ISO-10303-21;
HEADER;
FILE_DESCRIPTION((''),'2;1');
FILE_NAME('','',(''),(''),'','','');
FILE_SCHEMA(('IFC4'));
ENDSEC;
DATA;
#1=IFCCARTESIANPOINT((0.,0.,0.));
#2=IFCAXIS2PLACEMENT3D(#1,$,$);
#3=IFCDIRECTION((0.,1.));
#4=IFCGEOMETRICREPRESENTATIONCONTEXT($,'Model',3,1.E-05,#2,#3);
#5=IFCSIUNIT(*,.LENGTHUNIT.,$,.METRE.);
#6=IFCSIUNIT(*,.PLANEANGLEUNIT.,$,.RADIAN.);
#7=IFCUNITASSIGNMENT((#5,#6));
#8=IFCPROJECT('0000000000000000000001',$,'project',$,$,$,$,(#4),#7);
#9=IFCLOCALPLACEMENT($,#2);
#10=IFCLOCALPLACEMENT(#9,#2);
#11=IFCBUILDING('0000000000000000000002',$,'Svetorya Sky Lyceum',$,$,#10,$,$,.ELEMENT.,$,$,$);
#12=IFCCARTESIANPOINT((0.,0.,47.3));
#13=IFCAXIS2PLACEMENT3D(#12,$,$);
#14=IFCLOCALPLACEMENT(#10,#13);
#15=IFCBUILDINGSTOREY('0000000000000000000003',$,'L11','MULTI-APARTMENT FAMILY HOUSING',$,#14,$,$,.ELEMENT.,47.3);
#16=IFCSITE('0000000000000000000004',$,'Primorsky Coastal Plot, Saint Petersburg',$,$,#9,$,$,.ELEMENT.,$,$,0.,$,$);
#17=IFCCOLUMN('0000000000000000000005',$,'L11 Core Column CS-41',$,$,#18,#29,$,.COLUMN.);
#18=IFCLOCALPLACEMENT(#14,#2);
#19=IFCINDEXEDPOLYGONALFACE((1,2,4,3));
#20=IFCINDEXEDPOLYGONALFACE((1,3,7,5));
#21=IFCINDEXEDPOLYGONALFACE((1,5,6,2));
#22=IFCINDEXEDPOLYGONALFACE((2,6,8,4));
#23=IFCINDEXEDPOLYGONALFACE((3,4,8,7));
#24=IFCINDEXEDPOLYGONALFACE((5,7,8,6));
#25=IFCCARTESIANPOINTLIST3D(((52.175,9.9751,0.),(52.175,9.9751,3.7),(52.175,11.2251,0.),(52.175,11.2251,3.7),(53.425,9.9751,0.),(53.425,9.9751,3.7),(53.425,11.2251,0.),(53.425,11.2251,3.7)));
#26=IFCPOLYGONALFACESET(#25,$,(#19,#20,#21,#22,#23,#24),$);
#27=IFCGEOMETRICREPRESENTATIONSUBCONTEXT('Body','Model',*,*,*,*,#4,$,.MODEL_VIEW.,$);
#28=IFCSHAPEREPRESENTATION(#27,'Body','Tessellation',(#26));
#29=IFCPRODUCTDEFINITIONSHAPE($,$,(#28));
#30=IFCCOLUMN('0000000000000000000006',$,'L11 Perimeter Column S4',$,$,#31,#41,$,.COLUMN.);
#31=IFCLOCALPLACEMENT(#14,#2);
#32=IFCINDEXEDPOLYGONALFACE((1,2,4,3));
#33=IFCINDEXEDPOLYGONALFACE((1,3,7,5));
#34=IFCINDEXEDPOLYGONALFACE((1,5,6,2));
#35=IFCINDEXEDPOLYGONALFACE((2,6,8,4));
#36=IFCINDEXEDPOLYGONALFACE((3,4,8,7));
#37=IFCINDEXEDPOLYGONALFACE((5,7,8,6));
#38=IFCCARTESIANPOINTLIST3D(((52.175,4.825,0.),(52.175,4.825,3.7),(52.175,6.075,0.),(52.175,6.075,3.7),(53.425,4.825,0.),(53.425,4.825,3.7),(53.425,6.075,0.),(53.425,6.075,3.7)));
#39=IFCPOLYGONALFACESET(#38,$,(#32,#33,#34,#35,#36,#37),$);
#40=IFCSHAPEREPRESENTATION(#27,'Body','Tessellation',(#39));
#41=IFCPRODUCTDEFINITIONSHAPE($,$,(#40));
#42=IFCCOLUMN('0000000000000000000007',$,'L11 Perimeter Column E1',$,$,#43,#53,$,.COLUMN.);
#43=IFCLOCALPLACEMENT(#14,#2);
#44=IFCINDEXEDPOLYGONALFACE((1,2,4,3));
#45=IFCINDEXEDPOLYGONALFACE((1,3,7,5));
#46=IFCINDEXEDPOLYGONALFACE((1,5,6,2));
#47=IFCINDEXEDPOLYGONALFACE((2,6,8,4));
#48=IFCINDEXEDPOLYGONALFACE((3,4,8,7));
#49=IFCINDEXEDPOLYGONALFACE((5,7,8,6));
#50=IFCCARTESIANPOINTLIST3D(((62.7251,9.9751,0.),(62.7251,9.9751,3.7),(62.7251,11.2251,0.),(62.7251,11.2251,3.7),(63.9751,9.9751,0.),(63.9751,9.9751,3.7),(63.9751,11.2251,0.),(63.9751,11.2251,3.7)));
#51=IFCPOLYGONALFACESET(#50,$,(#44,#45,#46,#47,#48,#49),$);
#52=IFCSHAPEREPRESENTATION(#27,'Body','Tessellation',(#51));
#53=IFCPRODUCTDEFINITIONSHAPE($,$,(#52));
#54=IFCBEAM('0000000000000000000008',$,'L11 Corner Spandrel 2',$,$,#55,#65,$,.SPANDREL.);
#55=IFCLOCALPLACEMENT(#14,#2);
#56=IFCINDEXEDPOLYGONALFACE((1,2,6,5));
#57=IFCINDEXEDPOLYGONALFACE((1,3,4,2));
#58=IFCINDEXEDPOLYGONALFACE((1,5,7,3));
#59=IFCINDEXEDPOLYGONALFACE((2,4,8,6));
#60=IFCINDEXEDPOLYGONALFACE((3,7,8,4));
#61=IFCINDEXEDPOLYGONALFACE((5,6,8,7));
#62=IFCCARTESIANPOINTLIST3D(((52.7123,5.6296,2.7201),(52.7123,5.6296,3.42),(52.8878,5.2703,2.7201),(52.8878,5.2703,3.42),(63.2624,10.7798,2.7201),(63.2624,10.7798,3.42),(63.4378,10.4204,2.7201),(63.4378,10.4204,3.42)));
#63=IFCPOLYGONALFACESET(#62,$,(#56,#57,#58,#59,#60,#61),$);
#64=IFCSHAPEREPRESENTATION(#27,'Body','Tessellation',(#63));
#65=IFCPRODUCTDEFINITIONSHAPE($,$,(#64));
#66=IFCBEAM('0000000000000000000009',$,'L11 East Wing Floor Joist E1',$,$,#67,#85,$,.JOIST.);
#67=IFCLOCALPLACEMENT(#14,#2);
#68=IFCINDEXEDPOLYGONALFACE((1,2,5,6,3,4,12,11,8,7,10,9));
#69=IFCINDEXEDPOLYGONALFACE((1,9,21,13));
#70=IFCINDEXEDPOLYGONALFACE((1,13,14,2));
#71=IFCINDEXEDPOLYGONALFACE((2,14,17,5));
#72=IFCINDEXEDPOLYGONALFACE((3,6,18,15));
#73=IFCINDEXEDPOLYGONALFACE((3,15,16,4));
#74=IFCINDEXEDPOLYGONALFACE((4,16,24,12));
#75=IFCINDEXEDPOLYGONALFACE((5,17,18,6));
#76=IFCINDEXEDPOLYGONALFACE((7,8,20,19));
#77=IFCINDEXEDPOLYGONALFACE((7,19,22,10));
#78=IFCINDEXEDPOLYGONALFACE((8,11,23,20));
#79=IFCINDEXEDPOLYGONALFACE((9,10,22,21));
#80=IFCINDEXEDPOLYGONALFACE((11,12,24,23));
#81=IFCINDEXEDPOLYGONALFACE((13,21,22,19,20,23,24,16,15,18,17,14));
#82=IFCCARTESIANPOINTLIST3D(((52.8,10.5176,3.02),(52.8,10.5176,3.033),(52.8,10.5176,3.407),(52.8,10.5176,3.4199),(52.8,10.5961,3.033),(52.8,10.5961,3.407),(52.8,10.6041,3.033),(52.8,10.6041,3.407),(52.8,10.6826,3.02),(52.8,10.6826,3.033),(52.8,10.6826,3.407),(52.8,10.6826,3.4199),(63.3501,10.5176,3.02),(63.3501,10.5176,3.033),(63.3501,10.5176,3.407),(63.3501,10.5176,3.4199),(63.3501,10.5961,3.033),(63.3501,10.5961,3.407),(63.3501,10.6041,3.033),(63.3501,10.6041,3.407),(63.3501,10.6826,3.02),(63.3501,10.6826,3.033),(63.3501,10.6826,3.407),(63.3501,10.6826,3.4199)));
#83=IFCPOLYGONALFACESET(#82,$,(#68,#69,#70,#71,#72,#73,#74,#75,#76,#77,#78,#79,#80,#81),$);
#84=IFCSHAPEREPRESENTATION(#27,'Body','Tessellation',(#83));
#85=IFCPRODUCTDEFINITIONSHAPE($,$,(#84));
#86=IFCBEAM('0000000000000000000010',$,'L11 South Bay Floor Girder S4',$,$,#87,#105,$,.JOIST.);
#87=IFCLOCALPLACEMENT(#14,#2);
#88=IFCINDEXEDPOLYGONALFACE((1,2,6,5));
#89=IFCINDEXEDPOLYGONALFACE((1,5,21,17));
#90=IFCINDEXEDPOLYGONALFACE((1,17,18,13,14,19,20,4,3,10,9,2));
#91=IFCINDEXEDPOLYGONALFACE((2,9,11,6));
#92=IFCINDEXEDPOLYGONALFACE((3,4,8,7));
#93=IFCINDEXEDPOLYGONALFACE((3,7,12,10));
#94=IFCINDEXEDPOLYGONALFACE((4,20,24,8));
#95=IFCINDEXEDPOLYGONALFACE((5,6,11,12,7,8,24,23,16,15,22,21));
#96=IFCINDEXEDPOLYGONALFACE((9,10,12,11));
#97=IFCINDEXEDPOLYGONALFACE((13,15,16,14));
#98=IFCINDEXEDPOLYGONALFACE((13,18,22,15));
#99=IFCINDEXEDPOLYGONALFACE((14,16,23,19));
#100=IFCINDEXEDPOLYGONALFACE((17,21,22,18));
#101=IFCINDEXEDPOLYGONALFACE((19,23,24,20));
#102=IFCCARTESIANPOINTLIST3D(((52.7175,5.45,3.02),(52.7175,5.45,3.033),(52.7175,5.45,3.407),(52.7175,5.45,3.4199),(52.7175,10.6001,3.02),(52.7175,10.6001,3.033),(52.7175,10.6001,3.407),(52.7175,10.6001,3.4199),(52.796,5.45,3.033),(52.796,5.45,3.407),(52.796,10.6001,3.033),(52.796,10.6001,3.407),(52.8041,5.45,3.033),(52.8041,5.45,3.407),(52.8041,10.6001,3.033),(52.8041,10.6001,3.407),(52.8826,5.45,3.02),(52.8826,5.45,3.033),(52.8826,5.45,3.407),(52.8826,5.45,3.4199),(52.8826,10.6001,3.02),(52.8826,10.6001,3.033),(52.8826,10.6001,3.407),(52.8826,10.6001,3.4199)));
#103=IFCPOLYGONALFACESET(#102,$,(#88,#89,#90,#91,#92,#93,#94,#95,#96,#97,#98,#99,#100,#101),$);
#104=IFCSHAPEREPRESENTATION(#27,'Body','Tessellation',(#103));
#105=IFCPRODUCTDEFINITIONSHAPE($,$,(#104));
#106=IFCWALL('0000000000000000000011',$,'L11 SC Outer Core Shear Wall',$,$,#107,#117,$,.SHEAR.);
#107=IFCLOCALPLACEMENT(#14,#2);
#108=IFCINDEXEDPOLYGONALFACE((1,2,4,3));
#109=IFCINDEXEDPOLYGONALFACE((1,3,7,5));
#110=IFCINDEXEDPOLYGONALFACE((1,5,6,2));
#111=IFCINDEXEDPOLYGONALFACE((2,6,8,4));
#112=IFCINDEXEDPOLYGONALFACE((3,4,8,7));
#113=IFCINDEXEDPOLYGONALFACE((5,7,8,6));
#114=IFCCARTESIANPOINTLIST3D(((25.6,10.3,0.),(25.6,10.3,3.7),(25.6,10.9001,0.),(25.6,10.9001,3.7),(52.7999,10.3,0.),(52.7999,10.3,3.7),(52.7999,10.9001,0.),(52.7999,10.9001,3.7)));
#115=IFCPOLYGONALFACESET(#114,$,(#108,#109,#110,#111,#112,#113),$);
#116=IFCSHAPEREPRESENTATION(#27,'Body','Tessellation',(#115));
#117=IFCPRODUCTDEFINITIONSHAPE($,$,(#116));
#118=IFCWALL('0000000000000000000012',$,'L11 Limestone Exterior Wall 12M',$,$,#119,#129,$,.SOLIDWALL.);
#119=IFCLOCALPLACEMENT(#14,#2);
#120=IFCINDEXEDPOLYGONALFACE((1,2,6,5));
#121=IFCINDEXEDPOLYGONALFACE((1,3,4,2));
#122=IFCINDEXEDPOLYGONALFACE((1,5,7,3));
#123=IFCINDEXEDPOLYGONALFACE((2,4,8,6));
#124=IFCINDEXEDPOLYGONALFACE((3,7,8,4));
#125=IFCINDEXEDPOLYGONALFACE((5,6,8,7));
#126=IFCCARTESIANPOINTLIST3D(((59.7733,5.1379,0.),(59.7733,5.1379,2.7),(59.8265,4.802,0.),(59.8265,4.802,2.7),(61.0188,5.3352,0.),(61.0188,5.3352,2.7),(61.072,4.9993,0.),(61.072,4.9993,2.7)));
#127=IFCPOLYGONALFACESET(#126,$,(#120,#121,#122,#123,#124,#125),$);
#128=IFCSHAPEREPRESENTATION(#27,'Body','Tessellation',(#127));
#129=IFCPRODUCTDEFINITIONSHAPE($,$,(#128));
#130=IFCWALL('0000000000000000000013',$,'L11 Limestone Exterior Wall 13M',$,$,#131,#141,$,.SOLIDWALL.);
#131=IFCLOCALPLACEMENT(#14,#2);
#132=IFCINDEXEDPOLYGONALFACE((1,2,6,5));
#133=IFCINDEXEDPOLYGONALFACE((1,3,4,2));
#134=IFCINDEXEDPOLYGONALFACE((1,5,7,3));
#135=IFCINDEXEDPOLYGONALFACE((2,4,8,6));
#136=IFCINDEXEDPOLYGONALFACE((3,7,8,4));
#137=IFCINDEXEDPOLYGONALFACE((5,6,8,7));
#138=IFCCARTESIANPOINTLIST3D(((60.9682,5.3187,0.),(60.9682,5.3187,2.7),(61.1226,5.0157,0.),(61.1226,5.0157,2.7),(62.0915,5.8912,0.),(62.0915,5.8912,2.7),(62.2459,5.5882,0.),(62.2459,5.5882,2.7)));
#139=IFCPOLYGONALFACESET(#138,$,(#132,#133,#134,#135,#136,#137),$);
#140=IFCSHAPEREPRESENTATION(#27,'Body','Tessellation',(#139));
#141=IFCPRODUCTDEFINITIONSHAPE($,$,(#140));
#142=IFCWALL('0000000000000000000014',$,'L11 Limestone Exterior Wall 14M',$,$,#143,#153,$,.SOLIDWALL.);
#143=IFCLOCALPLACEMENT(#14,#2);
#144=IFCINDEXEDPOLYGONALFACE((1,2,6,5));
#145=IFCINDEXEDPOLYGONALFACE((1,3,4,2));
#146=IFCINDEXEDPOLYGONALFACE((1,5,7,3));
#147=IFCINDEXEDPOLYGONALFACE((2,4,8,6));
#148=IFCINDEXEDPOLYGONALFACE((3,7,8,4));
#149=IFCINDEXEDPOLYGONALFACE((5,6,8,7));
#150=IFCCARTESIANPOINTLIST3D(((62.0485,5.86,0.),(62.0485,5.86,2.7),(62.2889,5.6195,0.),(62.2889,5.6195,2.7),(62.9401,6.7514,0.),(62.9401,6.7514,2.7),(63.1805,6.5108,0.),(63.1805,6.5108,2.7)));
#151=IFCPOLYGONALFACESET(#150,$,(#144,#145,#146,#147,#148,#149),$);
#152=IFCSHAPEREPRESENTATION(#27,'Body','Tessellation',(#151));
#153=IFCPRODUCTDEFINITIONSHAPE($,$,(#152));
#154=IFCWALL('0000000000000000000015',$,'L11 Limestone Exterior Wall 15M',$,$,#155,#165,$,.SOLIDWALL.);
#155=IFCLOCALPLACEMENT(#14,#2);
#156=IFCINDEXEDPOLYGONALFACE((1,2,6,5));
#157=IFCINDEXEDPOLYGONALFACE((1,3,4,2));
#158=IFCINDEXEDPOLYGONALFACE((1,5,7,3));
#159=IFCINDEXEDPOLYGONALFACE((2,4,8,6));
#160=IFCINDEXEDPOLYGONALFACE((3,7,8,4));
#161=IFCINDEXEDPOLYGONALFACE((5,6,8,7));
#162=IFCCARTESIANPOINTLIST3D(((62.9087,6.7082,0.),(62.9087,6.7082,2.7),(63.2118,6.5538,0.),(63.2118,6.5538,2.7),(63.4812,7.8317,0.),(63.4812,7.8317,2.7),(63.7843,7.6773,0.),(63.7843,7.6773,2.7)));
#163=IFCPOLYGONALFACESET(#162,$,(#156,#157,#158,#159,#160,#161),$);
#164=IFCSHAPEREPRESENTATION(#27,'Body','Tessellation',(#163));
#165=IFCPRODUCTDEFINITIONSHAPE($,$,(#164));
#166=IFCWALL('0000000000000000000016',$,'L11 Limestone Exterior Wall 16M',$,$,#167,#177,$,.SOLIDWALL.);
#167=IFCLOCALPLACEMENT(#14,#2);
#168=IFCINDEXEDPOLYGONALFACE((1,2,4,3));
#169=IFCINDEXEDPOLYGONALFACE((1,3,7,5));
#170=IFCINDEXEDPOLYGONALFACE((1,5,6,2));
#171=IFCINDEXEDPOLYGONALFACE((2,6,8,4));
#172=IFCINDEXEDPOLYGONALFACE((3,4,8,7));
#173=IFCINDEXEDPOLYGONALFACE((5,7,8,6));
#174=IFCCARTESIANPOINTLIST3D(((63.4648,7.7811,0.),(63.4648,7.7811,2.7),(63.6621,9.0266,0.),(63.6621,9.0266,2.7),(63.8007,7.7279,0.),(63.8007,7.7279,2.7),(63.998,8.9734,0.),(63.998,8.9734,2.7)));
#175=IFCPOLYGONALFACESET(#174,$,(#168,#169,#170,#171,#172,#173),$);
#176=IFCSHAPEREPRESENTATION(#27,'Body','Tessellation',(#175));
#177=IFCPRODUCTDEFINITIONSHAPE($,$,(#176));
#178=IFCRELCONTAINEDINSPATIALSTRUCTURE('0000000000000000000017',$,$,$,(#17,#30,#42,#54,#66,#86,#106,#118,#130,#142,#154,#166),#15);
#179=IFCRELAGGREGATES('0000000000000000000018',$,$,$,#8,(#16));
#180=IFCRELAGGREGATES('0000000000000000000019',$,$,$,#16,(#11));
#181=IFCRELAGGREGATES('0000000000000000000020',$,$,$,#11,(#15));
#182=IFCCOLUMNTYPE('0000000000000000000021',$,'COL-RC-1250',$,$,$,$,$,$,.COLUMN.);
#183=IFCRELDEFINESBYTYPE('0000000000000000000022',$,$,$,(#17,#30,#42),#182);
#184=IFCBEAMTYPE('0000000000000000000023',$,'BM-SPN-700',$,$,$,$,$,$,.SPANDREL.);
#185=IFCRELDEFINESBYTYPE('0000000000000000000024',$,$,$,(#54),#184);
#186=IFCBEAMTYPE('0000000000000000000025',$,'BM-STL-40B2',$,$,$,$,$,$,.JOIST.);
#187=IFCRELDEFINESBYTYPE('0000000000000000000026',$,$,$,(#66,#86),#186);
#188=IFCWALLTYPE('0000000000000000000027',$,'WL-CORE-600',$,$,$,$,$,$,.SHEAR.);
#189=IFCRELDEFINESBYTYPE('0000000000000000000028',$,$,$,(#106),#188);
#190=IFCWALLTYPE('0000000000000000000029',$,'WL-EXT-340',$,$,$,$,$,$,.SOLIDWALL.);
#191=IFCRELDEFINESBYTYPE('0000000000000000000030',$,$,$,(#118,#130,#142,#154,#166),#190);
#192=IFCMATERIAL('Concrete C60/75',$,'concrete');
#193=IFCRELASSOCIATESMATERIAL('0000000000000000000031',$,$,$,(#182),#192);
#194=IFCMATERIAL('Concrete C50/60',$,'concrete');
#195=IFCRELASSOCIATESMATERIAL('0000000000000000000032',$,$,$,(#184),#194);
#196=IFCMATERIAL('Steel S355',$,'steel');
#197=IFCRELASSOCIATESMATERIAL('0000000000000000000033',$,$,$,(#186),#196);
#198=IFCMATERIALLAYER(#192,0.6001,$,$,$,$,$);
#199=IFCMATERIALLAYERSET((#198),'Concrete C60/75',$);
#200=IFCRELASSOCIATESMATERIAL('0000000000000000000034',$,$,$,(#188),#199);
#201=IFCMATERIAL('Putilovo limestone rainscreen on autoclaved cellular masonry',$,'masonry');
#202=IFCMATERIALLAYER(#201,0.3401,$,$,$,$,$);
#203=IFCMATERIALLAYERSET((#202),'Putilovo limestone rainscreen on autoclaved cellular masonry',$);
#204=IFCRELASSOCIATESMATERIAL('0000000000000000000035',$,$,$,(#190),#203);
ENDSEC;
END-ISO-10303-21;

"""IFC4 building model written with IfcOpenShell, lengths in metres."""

from ifc_helpers import new_model, si_unit, direction, frame, frame_2d, origin, origin_2d, place, context, subcontext, project, spatial, rectangle, i_section, extrude, material, layer, layer_set, material_profile, profile_set, type_object, element, save


model = new_model("IFC4")

# Units and contexts
model_context = context("Model", 3, precision=1e-05, world=origin(), true_north=direction((0.0, 1.0)))
body_context = subcontext(model_context, "Body", "Model", "MODEL_VIEW")
ifc_project = project(units=[si_unit("LENGTHUNIT", "METRE"), si_unit("PLANEANGLEUNIT", "RADIAN")], contexts=[model_context])

# Site, building, storey
site_placement = place(None, origin())
site = spatial("IfcSite", under=ifc_project, at=site_placement, Name="Primorsky Coastal Plot, Saint Petersburg", CompositionType="ELEMENT", RefElevation=0.0)
building_placement = place(site_placement, origin())
building = spatial("IfcBuilding", under=site, at=building_placement, Name="Svetorya Sky Lyceum", CompositionType="ELEMENT")
storey_placement = place(building_placement, frame((0.0, 0.0, 47.3)))
storey = spatial("IfcBuildingStorey", under=building, at=storey_placement, Name="L11", Description="MULTI-APARTMENT FAMILY HOUSING", CompositionType="ELEMENT", Elevation=47.3)

# Columns
ifc_material_1 = material(Name="Concrete C60/75", Category="concrete")
ifc_material_profile_1 = material_profile(ifc_material_1, rectangle(XDim=1.25, YDim=1.25, at=origin_2d()), Name="RC COL 1250x1250")
ifc_profile_set_1 = profile_set([ifc_material_profile_1], Name="Concrete C60/75")
column_type = type_object("IfcColumnType", Name="COL-RC-1250", PredefinedType="COLUMN", material=ifc_profile_set_1)
for number, where, z_axis, x_axis, name in (
    (1, (52.8, 10.6001, 0.0), (0.0, 0.0, 1.0), (1.0, 0.0, 0.0), "L11 Core Column CS-41"),
    (2, (52.8, 5.45, 0.0), (0.0, 0.0, 1.0), (1.0, 0.0, 0.0), "L11 Perimeter Column S4"),
    (3, (63.3501, 10.6001, 0.0), (0.0, 0.0, 1.0), (1.0, 0.0, 0.0), "L11 Perimeter Column E1"),
):
    element("IfcColumn", number, at=place(storey_placement, frame(where, z_axis=z_axis, x_axis=x_axis)), inside=storey, type_object=column_type, Name=name, PredefinedType="COLUMN", context=body_context, shape_type="SweptSolid", body=[
        extrude(rectangle(XDim=1.25, YDim=1.25, at=origin_2d()), origin(), (0.0, 0.0, 1.0), 3.7),
    ])

# Beams
ifc_material_2 = material(Name="Concrete C50/60", Category="concrete")
ifc_material_profile_2 = material_profile(ifc_material_2, rectangle(XDim=0.3999, YDim=0.7, at=origin_2d()), Name="RC SPANDREL 400x700")
ifc_profile_set_2 = profile_set([ifc_material_profile_2], Name="Concrete C50/60")
beam_type_1 = type_object("IfcBeamType", Name="BM-SPN-700", PredefinedType="SPANDREL", material=ifc_profile_set_2)
beam_1_placement = place(storey_placement, frame((52.8, 5.45, 3.0701), z_axis=(0.898641, 0.438684, 0.0), x_axis=(-0.438684, 0.898641, 0.0)))
element("IfcBeam", 4, at=beam_1_placement, inside=storey, type_object=beam_type_1, Name="L11 Corner Spandrel 2", PredefinedType="SPANDREL", context=body_context, shape_type="SweptSolid", body=[
    extrude(rectangle(XDim=0.3999, YDim=0.7, at=origin_2d()), origin(), (0.0, 0.0, 1.0), 11.74),
])
ifc_material_3 = material(Name="Steel S355", Category="steel")
ifc_material_profile_3 = material_profile(ifc_material_3, i_section(OverallWidth=0.165, OverallDepth=0.3999, WebThickness=0.0081, FlangeThickness=0.0129, at=origin_2d()), Name="GOST 40B2")
ifc_profile_set_3 = profile_set([ifc_material_profile_3], Name="Steel S355")
beam_type_2 = type_object("IfcBeamType", Name="BM-STL-40B2", PredefinedType="JOIST", material=ifc_profile_set_3)
beam_2_placement = place(storey_placement, frame((52.8, 10.6001, 3.22), z_axis=(1.0, 0.0, 0.0), x_axis=(0.0, 1.0, 0.0)))
element("IfcBeam", 5, at=beam_2_placement, inside=storey, type_object=beam_type_2, Name="L11 East Wing Floor Joist E1", PredefinedType="JOIST", context=body_context, shape_type="SweptSolid", body=[
    extrude(i_section(OverallWidth=0.165, OverallDepth=0.3999, WebThickness=0.0081, FlangeThickness=0.0129, at=origin_2d()), origin(), (0.0, 0.0, 1.0), 10.55),
])
beam_3_placement = place(storey_placement, frame((52.8, 5.45, 3.22), z_axis=(0.0, 1.0, 0.0), x_axis=(-1.0, 0.0, 0.0)))
element("IfcBeam", 6, at=beam_3_placement, inside=storey, type_object=beam_type_2, Name="L11 South Bay Floor Girder S4", PredefinedType="JOIST", context=body_context, shape_type="SweptSolid", body=[
    extrude(i_section(OverallWidth=0.165, OverallDepth=0.3999, WebThickness=0.0081, FlangeThickness=0.0129, at=origin_2d()), origin(), (0.0, 0.0, 1.0), 5.1501),
])

# Walls
ifc_layer_1 = layer(ifc_material_1, 0.6001)
ifc_layer_set_1 = layer_set([ifc_layer_1], Name="Concrete C60/75")
wall_type_1 = type_object("IfcWallType", Name="WL-CORE-600", PredefinedType="SHEAR", material=ifc_layer_set_1)
wall_1_placement = place(storey_placement, frame((52.8, 10.6001, 0.0), z_axis=(0.0, 0.0, 1.0), x_axis=(-1.0, 0.0, 0.0)))
element("IfcWall", 7, at=wall_1_placement, inside=storey, type_object=wall_type_1, Name="L11 SC Outer Core Shear Wall", PredefinedType="SHEAR", context=body_context, shape_type="SweptSolid", body=[
    extrude(rectangle(XDim=27.2, YDim=0.6001, at=frame_2d((13.6001, 0.0))), origin(), (0.0, 0.0, 1.0), 3.7),
])
ifc_material_4 = material(Name="Putilovo limestone rainscreen on autoclaved cellular masonry", Category="masonry")
ifc_layer_2 = layer(ifc_material_4, 0.3401)
ifc_layer_set_2 = layer_set([ifc_layer_2], Name="Putilovo limestone rainscreen on autoclaved cellular masonry")
wall_type_2 = type_object("IfcWallType", Name="WL-EXT-340", PredefinedType="SOLIDWALL", material=ifc_layer_set_2)
wall_2_placement = place(storey_placement, frame((59.8, 4.97, 0.0), z_axis=(0.0, 0.0, 1.0), x_axis=(0.987686, 0.15645, 0.0)))
element("IfcWall", 8, at=wall_2_placement, inside=storey, type_object=wall_type_2, Name="L11 Limestone Exterior Wall 12M", PredefinedType="SOLIDWALL", context=body_context, shape_type="SweptSolid", body=[
    extrude(rectangle(XDim=1.261, YDim=0.3401, at=frame_2d((0.6304, 0.0))), origin(), (0.0, 0.0, 1.0), 2.7),
])
for number, where, z_axis, x_axis, name in (
    (9, (61.0454, 5.1672, 0.0), (0.0, 0.0, 1.0), (0.890954, 0.454094, 0.0), "L11 Limestone Exterior Wall 13M"),
    (10, (62.1687, 5.7397, 0.0), (0.0, 0.0, 1.0), (0.707204, 0.70701, 0.0), "L11 Limestone Exterior Wall 14M"),
):
    element("IfcWall", number, at=place(storey_placement, frame(where, z_axis=z_axis, x_axis=x_axis)), inside=storey, type_object=wall_type_2, Name=name, PredefinedType="SOLIDWALL", context=body_context, shape_type="SweptSolid", body=[
        extrude(rectangle(XDim=1.2607, YDim=0.3401, at=frame_2d((0.6304, 0.0))), origin(), (0.0, 0.0, 1.0), 2.7),
    ])
for number, where, z_axis, x_axis, name in (
    (11, (63.0603, 6.6311, 0.0), (0.0, 0.0, 1.0), (0.454016, 0.890994, 0.0), "L11 Limestone Exterior Wall 15M"),
    (12, (63.6328, 7.7546, 0.0), (0.0, 0.0, 1.0), (0.15645, 0.987686, 0.0), "L11 Limestone Exterior Wall 16M"),
):
    element("IfcWall", number, at=place(storey_placement, frame(where, z_axis=z_axis, x_axis=x_axis)), inside=storey, type_object=wall_type_2, Name=name, PredefinedType="SOLIDWALL", context=body_context, shape_type="SweptSolid", body=[
        extrude(rectangle(XDim=1.261, YDim=0.3401, at=frame_2d((0.6304, 0.0))), origin(), (0.0, 0.0, 1.0), 2.7),
    ])

save(model, "model.ifc")
